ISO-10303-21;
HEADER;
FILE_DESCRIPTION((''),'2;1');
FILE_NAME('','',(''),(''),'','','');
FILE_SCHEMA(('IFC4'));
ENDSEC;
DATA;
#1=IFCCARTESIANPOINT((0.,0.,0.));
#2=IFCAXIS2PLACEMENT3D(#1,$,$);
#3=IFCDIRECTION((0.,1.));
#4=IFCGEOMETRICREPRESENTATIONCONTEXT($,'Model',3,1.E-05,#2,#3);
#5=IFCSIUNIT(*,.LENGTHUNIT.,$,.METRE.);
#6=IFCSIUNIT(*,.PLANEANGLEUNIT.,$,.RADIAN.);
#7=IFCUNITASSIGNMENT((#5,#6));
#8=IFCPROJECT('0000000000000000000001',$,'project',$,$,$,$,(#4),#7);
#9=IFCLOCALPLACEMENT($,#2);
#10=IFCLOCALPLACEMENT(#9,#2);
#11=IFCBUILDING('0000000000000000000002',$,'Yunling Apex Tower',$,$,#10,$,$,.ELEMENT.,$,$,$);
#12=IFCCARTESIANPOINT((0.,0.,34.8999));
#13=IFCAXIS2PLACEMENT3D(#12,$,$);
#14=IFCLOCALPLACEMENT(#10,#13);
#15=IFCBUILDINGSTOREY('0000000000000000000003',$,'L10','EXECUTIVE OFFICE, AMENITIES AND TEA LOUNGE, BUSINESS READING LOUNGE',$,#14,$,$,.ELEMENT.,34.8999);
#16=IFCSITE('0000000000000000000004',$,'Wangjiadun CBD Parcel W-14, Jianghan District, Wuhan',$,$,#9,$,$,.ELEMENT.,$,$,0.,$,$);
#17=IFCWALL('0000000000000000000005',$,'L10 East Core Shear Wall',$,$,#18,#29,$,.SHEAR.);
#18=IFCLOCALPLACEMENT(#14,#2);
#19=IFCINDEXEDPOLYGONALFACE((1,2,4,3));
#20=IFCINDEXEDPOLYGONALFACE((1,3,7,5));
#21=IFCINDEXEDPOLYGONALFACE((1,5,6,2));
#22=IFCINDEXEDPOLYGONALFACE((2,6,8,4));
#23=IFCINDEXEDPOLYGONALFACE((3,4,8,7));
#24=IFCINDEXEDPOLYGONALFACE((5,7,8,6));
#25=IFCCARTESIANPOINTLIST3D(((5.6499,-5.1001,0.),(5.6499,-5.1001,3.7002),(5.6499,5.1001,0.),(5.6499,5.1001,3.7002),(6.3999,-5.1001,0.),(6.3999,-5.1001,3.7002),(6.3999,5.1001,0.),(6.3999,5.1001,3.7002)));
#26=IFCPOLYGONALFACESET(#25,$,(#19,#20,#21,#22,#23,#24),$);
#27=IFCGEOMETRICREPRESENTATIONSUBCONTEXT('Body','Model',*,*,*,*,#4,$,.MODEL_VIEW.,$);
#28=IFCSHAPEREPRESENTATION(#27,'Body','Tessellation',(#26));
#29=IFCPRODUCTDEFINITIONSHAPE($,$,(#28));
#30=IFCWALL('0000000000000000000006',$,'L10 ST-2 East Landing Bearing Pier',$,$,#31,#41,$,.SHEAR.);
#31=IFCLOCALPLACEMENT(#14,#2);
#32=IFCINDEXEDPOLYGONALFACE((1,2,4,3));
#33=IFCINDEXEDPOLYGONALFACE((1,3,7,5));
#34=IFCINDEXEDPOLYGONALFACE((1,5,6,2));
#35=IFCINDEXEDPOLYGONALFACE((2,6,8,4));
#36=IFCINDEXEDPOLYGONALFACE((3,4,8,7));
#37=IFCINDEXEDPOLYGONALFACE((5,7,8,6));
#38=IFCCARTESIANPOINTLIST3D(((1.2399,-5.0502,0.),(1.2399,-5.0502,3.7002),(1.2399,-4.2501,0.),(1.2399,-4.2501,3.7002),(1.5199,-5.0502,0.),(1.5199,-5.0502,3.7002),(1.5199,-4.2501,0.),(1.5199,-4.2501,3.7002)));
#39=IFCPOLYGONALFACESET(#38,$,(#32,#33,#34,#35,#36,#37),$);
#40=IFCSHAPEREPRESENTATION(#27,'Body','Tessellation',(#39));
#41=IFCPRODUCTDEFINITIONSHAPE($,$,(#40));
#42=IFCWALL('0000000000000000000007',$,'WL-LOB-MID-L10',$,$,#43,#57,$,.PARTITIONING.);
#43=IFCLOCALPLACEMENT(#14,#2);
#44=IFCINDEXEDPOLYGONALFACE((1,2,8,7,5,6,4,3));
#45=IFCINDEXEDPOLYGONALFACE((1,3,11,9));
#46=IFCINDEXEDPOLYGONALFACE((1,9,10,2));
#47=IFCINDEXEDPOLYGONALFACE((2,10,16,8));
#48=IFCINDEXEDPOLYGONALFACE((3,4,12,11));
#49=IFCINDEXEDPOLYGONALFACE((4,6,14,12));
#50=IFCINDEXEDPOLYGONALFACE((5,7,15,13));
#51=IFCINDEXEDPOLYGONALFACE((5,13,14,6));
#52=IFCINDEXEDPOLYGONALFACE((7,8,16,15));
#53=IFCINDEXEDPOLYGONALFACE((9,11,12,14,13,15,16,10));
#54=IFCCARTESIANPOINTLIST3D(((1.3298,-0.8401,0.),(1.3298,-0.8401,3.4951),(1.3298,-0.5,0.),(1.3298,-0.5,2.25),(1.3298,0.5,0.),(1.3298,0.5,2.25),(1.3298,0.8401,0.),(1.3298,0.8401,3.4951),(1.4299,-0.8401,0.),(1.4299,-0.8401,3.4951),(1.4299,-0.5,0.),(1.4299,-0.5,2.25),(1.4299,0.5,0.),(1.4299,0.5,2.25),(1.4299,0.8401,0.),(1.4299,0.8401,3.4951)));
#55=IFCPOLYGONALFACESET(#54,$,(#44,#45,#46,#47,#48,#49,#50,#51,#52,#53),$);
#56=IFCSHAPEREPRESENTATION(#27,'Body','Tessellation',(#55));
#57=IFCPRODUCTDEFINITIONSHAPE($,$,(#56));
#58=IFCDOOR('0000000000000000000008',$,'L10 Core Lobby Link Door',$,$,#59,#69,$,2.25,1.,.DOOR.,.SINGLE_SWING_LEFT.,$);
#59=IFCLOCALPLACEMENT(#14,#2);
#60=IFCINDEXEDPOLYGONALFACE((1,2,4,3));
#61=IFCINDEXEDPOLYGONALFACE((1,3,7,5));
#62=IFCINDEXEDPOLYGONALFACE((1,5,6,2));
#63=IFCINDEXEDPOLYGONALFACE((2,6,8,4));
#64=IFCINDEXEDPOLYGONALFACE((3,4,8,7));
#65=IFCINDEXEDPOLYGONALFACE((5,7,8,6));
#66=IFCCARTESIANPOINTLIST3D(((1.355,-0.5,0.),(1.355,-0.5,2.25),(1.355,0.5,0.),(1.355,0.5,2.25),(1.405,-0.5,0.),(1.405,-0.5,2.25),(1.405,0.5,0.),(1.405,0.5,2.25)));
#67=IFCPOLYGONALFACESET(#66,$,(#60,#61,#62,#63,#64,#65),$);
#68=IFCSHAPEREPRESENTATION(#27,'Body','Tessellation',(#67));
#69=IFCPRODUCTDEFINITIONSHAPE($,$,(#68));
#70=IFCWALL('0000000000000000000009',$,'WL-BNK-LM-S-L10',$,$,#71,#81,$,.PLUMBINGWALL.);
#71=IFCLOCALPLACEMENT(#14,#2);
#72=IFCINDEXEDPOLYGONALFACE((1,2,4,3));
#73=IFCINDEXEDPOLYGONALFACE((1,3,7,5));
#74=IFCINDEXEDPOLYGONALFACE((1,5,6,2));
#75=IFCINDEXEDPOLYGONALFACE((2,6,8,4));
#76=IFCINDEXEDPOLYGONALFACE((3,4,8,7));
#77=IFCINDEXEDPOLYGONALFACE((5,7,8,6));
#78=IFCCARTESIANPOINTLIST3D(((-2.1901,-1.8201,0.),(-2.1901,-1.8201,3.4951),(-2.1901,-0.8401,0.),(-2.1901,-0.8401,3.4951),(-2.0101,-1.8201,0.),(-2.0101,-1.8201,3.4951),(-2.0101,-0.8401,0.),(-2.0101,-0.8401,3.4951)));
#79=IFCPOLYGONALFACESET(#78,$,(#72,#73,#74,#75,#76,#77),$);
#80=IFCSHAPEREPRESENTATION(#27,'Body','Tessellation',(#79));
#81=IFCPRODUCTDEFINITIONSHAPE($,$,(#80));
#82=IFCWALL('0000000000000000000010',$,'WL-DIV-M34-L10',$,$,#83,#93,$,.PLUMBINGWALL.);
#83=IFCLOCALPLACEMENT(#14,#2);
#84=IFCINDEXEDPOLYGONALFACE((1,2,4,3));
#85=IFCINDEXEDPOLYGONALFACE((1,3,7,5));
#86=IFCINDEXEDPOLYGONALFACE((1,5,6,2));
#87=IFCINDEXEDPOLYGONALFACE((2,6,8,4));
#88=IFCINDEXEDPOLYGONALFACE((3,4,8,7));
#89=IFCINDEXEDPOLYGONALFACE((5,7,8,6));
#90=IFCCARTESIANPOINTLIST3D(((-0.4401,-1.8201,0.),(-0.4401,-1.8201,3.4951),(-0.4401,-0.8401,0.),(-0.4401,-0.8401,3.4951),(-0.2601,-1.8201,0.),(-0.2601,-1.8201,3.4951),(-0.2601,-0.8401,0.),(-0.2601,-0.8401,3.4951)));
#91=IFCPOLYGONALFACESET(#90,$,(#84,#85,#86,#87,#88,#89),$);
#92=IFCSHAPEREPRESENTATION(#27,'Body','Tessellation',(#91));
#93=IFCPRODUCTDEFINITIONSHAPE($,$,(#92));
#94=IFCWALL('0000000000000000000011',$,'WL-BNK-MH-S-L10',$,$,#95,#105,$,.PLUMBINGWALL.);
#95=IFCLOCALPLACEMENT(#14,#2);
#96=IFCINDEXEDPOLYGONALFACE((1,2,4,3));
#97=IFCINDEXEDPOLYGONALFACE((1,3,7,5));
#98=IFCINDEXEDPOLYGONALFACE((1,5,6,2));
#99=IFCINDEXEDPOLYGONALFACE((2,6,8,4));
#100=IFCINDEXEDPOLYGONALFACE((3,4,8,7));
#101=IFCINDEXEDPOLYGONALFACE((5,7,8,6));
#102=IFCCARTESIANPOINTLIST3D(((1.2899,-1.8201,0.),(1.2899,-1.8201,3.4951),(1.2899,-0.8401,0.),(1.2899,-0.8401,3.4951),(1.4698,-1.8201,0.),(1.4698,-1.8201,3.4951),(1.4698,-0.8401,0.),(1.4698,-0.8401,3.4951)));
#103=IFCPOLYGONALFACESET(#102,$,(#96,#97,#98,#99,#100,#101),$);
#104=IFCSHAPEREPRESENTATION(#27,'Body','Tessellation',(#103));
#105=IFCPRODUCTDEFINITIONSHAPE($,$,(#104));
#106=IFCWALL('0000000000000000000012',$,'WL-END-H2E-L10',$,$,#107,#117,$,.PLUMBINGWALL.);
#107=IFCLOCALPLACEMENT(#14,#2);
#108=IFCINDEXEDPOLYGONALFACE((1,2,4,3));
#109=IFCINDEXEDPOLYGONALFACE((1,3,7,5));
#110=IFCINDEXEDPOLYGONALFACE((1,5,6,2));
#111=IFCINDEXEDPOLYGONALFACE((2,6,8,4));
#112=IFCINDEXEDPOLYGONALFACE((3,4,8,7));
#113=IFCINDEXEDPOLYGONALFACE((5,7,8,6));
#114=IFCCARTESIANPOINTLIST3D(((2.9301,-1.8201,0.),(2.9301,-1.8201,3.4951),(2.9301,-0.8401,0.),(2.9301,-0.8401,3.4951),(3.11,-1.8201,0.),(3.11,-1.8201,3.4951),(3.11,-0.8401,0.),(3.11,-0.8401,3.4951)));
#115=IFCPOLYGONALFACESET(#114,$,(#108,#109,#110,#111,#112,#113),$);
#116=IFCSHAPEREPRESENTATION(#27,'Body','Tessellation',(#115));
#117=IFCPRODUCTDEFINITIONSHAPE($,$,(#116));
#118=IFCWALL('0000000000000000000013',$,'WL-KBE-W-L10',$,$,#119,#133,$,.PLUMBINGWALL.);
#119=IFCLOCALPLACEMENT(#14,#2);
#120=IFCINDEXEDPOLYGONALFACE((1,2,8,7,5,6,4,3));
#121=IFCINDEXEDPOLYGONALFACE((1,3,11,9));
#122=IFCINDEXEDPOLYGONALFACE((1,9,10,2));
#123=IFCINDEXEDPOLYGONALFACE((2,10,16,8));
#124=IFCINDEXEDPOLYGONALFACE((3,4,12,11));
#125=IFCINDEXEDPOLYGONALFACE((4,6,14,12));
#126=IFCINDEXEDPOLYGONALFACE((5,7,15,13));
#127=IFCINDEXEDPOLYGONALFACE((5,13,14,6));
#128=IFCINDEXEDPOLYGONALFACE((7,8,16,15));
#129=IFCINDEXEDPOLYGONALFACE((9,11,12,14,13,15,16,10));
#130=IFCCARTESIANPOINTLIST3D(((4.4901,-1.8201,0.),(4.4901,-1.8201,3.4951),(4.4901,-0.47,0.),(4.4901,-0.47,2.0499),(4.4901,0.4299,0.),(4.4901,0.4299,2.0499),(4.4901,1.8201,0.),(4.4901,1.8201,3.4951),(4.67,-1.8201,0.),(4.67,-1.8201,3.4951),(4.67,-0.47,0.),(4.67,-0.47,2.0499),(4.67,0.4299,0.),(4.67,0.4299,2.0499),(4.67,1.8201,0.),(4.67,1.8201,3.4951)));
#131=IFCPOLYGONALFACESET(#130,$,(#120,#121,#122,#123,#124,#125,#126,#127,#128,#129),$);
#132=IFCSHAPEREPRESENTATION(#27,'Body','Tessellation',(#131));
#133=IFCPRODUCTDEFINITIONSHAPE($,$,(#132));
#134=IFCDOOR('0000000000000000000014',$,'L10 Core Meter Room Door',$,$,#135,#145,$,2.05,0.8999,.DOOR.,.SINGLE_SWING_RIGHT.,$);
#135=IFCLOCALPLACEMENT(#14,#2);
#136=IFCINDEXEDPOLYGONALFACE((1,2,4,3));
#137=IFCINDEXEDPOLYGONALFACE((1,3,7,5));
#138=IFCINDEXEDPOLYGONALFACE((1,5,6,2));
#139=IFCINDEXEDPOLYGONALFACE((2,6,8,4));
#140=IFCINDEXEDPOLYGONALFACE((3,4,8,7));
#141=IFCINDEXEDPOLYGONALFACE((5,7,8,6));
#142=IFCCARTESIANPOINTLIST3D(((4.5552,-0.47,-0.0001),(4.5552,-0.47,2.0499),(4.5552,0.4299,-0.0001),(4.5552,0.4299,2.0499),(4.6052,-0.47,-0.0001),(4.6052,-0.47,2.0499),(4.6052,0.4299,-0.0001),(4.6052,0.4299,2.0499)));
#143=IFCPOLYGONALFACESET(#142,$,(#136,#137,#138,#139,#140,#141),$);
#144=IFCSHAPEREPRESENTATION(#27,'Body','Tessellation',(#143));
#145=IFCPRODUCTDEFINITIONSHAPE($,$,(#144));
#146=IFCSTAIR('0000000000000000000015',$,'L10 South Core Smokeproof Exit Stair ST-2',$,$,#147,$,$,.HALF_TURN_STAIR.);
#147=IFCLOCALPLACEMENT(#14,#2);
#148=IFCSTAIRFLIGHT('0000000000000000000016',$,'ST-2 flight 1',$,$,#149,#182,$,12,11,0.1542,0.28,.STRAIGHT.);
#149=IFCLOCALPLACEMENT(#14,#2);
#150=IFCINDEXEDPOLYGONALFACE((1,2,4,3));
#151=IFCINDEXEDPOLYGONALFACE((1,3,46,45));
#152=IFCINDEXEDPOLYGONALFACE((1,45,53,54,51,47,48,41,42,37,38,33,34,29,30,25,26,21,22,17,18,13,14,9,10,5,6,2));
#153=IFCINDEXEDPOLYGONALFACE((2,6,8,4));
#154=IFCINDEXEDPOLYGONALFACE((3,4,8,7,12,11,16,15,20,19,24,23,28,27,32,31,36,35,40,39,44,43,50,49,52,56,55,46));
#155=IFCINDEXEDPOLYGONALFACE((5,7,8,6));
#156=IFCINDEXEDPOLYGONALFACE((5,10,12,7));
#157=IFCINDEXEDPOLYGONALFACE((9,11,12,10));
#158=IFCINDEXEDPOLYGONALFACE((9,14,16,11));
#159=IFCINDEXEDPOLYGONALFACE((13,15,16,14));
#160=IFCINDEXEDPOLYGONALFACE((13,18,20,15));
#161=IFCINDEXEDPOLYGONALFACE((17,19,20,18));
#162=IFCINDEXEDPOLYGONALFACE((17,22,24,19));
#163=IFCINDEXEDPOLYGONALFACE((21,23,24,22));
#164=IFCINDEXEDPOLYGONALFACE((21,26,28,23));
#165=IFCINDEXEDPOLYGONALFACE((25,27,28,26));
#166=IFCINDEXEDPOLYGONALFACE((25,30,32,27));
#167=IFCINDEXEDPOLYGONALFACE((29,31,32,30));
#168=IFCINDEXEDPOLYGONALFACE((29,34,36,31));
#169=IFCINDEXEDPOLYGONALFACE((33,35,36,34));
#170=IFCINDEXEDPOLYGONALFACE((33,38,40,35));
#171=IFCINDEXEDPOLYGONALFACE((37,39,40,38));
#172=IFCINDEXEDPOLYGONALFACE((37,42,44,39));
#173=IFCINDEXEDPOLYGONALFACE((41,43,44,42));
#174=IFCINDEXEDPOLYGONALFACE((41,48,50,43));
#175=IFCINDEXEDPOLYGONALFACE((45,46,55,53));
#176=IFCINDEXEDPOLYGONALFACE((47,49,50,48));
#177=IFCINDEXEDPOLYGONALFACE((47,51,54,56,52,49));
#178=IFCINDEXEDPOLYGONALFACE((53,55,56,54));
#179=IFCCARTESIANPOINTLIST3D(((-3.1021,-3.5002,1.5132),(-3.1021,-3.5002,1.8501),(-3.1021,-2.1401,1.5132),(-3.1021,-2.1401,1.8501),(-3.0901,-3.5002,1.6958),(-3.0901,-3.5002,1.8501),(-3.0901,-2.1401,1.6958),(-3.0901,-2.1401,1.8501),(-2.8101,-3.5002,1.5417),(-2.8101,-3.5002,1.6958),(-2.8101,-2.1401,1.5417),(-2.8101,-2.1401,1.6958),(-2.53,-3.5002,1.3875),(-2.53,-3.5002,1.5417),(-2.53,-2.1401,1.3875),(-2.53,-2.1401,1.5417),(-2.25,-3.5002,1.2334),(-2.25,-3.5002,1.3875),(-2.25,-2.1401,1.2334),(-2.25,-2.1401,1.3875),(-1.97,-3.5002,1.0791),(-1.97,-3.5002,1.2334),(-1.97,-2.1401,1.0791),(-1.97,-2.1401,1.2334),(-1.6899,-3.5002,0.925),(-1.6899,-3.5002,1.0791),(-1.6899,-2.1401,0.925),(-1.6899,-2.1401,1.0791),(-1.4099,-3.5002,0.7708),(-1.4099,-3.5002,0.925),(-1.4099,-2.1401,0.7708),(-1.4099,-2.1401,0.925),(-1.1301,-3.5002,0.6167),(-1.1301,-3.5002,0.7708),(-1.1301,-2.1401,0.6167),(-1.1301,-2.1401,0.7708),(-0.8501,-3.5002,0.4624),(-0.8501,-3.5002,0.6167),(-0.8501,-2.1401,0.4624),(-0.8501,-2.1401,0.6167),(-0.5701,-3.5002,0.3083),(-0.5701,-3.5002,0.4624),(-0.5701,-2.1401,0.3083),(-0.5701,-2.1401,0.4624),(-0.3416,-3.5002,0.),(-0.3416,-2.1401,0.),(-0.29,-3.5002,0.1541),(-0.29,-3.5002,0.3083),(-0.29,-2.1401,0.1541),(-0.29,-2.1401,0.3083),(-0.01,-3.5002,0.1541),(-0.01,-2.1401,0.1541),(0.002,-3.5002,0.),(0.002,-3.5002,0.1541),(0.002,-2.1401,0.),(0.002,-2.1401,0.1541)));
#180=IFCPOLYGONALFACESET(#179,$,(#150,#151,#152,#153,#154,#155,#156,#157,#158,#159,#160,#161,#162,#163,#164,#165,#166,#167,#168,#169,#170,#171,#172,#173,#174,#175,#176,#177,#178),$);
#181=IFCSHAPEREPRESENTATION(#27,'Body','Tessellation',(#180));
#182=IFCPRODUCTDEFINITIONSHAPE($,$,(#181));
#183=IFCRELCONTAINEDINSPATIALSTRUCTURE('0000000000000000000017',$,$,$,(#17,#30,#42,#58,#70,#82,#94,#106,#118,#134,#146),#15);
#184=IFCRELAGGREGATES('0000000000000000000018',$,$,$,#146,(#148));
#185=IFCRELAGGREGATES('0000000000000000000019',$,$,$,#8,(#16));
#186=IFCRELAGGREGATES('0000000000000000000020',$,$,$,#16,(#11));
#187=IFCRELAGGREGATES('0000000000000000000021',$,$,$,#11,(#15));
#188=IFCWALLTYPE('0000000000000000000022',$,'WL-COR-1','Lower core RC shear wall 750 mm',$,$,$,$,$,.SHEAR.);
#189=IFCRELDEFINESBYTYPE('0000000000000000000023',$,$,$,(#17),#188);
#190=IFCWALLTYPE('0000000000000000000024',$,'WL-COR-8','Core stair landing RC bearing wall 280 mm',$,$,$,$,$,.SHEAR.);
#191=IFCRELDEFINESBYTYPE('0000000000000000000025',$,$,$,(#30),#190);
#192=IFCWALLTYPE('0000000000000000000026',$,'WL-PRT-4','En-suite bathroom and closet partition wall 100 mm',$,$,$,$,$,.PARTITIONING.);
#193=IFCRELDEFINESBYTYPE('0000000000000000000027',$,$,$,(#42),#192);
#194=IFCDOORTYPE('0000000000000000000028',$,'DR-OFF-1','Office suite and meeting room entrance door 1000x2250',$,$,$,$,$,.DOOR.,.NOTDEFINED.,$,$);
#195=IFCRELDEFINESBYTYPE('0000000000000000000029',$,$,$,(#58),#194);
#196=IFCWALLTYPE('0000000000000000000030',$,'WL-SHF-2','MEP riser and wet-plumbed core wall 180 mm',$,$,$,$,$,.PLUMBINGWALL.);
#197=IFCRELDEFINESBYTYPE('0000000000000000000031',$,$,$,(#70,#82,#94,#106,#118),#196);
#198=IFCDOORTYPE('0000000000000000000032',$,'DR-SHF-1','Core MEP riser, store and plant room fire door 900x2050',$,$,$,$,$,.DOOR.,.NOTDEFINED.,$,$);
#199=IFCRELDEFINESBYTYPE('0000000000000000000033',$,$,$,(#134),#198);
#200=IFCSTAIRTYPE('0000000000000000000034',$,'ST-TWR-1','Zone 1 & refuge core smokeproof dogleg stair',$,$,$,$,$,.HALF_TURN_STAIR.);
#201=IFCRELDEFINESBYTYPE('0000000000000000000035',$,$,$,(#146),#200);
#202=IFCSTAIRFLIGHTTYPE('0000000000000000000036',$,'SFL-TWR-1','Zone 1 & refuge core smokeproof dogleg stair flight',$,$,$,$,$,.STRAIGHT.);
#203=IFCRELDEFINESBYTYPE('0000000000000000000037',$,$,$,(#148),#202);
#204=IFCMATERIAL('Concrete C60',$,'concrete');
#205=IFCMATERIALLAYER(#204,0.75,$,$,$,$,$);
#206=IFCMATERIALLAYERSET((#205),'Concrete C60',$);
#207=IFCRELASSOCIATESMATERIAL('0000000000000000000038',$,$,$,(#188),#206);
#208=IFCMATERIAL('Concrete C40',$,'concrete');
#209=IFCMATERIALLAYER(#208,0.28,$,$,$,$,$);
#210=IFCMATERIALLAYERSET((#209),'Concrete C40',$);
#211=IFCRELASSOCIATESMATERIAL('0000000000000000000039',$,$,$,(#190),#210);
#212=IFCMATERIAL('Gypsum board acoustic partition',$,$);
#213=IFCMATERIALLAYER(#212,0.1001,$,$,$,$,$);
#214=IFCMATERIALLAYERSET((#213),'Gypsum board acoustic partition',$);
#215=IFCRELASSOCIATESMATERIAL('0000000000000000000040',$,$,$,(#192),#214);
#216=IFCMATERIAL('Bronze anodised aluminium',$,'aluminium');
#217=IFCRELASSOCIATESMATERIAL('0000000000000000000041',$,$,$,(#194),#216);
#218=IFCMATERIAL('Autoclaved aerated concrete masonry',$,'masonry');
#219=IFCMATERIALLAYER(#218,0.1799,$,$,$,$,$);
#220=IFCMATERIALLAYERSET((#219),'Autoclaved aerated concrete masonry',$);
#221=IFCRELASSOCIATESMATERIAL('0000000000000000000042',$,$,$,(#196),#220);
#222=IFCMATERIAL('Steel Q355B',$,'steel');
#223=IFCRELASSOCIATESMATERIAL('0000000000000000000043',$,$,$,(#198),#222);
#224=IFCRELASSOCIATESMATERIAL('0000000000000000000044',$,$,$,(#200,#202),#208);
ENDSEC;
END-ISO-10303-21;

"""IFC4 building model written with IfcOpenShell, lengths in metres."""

from ifc_helpers import new_model, si_unit, direction, frame, frame_2d, origin, place, context, subcontext, project, spatial, polyline, rectangle, outline, extrude, material, layer, layer_set, type_object, element, fill, aggregate, save


model = new_model("IFC4")

# Units and contexts
model_context = context("Model", 3, precision=1e-05, world=origin(), true_north=direction((0.0, 1.0)))
body_context = subcontext(model_context, "Body", "Model", "MODEL_VIEW")
ifc_project = project(units=[si_unit("LENGTHUNIT", "METRE"), si_unit("PLANEANGLEUNIT", "RADIAN")], contexts=[model_context])

# Site, building, storey
site_placement = place(None, origin())
site = spatial("IfcSite", under=ifc_project, at=site_placement, Name="Wangjiadun CBD Parcel W-14, Jianghan District, Wuhan", CompositionType="ELEMENT", RefElevation=0.0)
building_placement = place(site_placement, origin())
building = spatial("IfcBuilding", under=site, at=building_placement, Name="Yunling Apex Tower", CompositionType="ELEMENT")
storey_placement = place(building_placement, frame((0.0, 0.0, 34.8999)))
storey = spatial("IfcBuildingStorey", under=building, at=storey_placement, Name="L10", Description="EXECUTIVE OFFICE, AMENITIES AND TEA LOUNGE, BUSINESS READING LOUNGE", CompositionType="ELEMENT", Elevation=34.8999)

# Walls
ifc_material_1 = material(Name="Concrete C60", Category="concrete")
ifc_layer_1 = layer(ifc_material_1, 0.75)
ifc_layer_set_1 = layer_set([ifc_layer_1], Name="Concrete C60")
wall_type_1 = type_object("IfcWallType", Name="WL-COR-1", Description="Lower core RC shear wall 750 mm", PredefinedType="SHEAR", material=ifc_layer_set_1)
wall_1_placement = place(storey_placement, frame((6.0249, -5.1001, 0.0), z_axis=(0.0, 0.0, 1.0), x_axis=(0.0, 1.0, 0.0)))
element("IfcWall", 1, at=wall_1_placement, inside=storey, type_object=wall_type_1, Name="L10 East Core Shear Wall", PredefinedType="SHEAR", context=body_context, shape_type="SweptSolid", body=[
    extrude(rectangle(XDim=10.2002, YDim=0.75, at=frame_2d((5.1001, 0.0))), origin(), (0.0, 0.0, 1.0), 3.7002),
])
ifc_material_2 = material(Name="Concrete C40", Category="concrete")
ifc_layer_2 = layer(ifc_material_2, 0.28)
ifc_layer_set_2 = layer_set([ifc_layer_2], Name="Concrete C40")
wall_type_2 = type_object("IfcWallType", Name="WL-COR-8", Description="Core stair landing RC bearing wall 280 mm", PredefinedType="SHEAR", material=ifc_layer_set_2)
wall_2_placement = place(storey_placement, frame((1.3799, -5.05, 0.0), z_axis=(0.0, 0.0, 1.0), x_axis=(0.0, 1.0, 0.0)))
element("IfcWall", 2, at=wall_2_placement, inside=storey, type_object=wall_type_2, Name="L10 ST-2 East Landing Bearing Pier", PredefinedType="SHEAR", context=body_context, shape_type="SweptSolid", body=[
    extrude(rectangle(XDim=0.8, YDim=0.28, at=frame_2d((0.3999, 0.0))), origin(), (0.0, 0.0, 1.0), 3.7002),
])

# Wall, opening, door
ifc_material_3 = material(Name="Gypsum board acoustic partition")
ifc_layer_3 = layer(ifc_material_3, 0.1001)
ifc_layer_set_3 = layer_set([ifc_layer_3], Name="Gypsum board acoustic partition")
wall_type_3 = type_object("IfcWallType", Name="WL-PRT-4", Description="En-suite bathroom and closet partition wall 100 mm", PredefinedType="PARTITIONING", material=ifc_layer_set_3)
wall_3_placement = place(storey_placement, frame((1.3799, -0.8401, 0.0), z_axis=(0.0, 0.0, 1.0), x_axis=(0.0, 1.0, 0.0)))
wall_3 = element("IfcWall", 3, at=wall_3_placement, inside=storey, type_object=wall_type_3, Name="WL-LOB-MID-L10", PredefinedType="PARTITIONING", context=body_context, shape_type="SweptSolid", body=[
    extrude(rectangle(XDim=1.6802, YDim=0.1001, at=frame_2d((0.8401, 0.0))), origin(), (0.0, 0.0, 1.0), 3.4951),
])
opening_1_placement = place(wall_3_placement, frame((0.3401, 0.0, 0.0)))
opening_1 = element("IfcOpeningElement", 4, at=opening_1_placement, cuts=wall_3, PredefinedType="OPENING", context=body_context, shape_type="SweptSolid", body=[
    extrude(rectangle(XDim=1.0, YDim=2.25, at=frame_2d((0.5, 1.125))), frame((0.0, 0.0601, 0.0), z_axis=(0.0, -1.0, 0.0), x_axis=(1.0, 0.0, 0.0)), (0.0, 0.0, 1.0), 0.1201),
])
ifc_material_4 = material(Name="Bronze anodised aluminium", Category="aluminium")
door_type_1 = type_object("IfcDoorType", Name="DR-OFF-1", Description="Office suite and meeting room entrance door 1000x2250", OperationType="NOTDEFINED", PredefinedType="DOOR", material=ifc_material_4)
door_1_placement = place(opening_1_placement, origin())
door_1 = element("IfcDoor", 5, at=door_1_placement, inside=storey, type_object=door_type_1, Name="L10 Core Lobby Link Door", OperationType="SINGLE_SWING_LEFT", OverallHeight=2.25, OverallWidth=1.0, PredefinedType="DOOR", context=body_context, shape_type="SweptSolid", body=[
    extrude(rectangle(XDim=1.0, YDim=2.25, at=frame_2d((0.5, 1.125))), frame((0.0, 0.0249, 0.0), z_axis=(0.0, -1.0, 0.0), x_axis=(1.0, 0.0, 0.0)), (0.0, 0.0, 1.0), 0.05),
])
fill(opening_1, door_1)
ifc_material_5 = material(Name="Autoclaved aerated concrete masonry", Category="masonry")
ifc_material_6 = material(Name="Steel Q355B", Category="steel")

# Walls
ifc_layer_4 = layer(ifc_material_5, 0.1799)
ifc_layer_set_4 = layer_set([ifc_layer_4], Name="Autoclaved aerated concrete masonry")
wall_type_4 = type_object("IfcWallType", Name="WL-SHF-2", Description="MEP riser and wet-plumbed core wall 180 mm", PredefinedType="PLUMBINGWALL", material=ifc_layer_set_4)
for number, where, z_axis, x_axis, name in (
    (6, (-2.1001, -1.8201, 0.0), (0.0, 0.0, 1.0), (0.0, 1.0, 0.0), "WL-BNK-LM-S-L10"),
    (7, (-0.3501, -1.8201, 0.0), (0.0, 0.0, 1.0), (0.0, 1.0, 0.0), "WL-DIV-M34-L10"),
    (8, (1.3799, -1.8201, 0.0), (0.0, 0.0, 1.0), (0.0, 1.0, 0.0), "WL-BNK-MH-S-L10"),
    (9, (3.02, -1.8201, 0.0), (0.0, 0.0, 1.0), (0.0, 1.0, 0.0), "WL-END-H2E-L10"),
):
    element("IfcWall", number, at=place(storey_placement, frame(where, z_axis=z_axis, x_axis=x_axis)), inside=storey, type_object=wall_type_4, Name=name, PredefinedType="PLUMBINGWALL", context=body_context, shape_type="SweptSolid", body=[
        extrude(rectangle(XDim=0.98, YDim=0.1799, at=frame_2d((0.49, 0.0))), origin(), (0.0, 0.0, 1.0), 3.4951),
    ])

# Wall, opening, door
wall_4_placement = place(storey_placement, frame((4.5801, -1.8201, 0.0), z_axis=(0.0, 0.0, 1.0), x_axis=(0.0, 1.0, 0.0)))
wall_4 = element("IfcWall", 10, at=wall_4_placement, inside=storey, type_object=wall_type_4, Name="WL-KBE-W-L10", PredefinedType="PLUMBINGWALL", context=body_context, shape_type="SweptSolid", body=[
    extrude(rectangle(XDim=3.6401, YDim=0.1799, at=frame_2d((1.8201, 0.0))), origin(), (0.0, 0.0, 1.0), 3.4951),
])
opening_2_placement = place(wall_4_placement, frame((1.3501, 0.0, 0.0)))
opening_2 = element("IfcOpeningElement", 11, at=opening_2_placement, cuts=wall_4, PredefinedType="OPENING", context=body_context, shape_type="SweptSolid", body=[
    extrude(rectangle(XDim=0.8999, YDim=2.05, at=frame_2d((0.45, 1.0249))), frame((0.0, 0.1001, 0.0), z_axis=(0.0, -1.0, 0.0), x_axis=(1.0, 0.0, 0.0)), (0.0, 0.0, 1.0), 0.2),
])
door_type_2 = type_object("IfcDoorType", Name="DR-SHF-1", Description="Core MEP riser, store and plant room fire door 900x2050", OperationType="NOTDEFINED", PredefinedType="DOOR", material=ifc_material_6)
door_2_placement = place(opening_2_placement, origin())
door_2 = element("IfcDoor", 12, at=door_2_placement, inside=storey, type_object=door_type_2, Name="L10 Core Meter Room Door", OperationType="SINGLE_SWING_RIGHT", OverallHeight=2.05, OverallWidth=0.8999, PredefinedType="DOOR", context=body_context, shape_type="SweptSolid", body=[
    extrude(rectangle(XDim=0.8999, YDim=2.05, at=frame_2d((0.45, 1.0249))), frame((0.0, 0.0249, 0.0), z_axis=(0.0, -1.0, 0.0), x_axis=(1.0, 0.0, 0.0)), (0.0, 0.0, 1.0), 0.05),
])
fill(opening_2, door_2)

# Stair, stair flight
stair_type = type_object("IfcStairType", Name="ST-TWR-1", Description="Zone 1 & refuge core smokeproof dogleg stair", PredefinedType="HALF_TURN_STAIR", material=ifc_material_2)
stair_placement = place(storey_placement, origin())
stair = element("IfcStair", 13, at=stair_placement, inside=storey, type_object=stair_type, Name="L10 South Core Smokeproof Exit Stair ST-2", PredefinedType="HALF_TURN_STAIR")
stair_flight_type = type_object("IfcStairFlightType", Name="SFL-TWR-1", Description="Zone 1 & refuge core smokeproof dogleg stair flight", PredefinedType="STRAIGHT", material=ifc_material_2)
stair_flight_1_placement = place(storey_placement, frame((-0.01, -2.8201, 0.0), z_axis=(0.0, 0.0, 1.0), x_axis=(-1.0, 0.0, 0.0)))
stair_flight_1 = element("IfcStairFlight", 14, at=stair_flight_1_placement, type_object=stair_flight_type, Name="ST-2 flight 1", NumberOfRisers=12, NumberOfTreads=11, PredefinedType="STRAIGHT", RiserHeight=0.1542, TreadLength=0.28, context=body_context, shape_type="SweptSolid", body=[
    extrude(outline(polyline([(-0.012, 0.0), (-0.012, 0.1541), (0.0, 0.1541), (0.28, 0.1541), (0.28, 0.3083), (0.5601, 0.3083), (0.5601, 0.4624), (0.8401, 0.4624), (0.8401, 0.6167), (1.1201, 0.6167), (1.1201, 0.7708), (1.3999, 0.7708), (1.3999, 0.925), (1.6799, 0.925), (1.6799, 1.0791), (1.96, 1.0791), (1.96, 1.2334), (2.24, 1.2334), (2.24, 1.3875), (2.52, 1.3875), (2.52, 1.5417), (2.8, 1.5417), (2.8, 1.6958), (3.0801, 1.6958), (3.0801, 1.8501), (3.092, 1.8501), (3.092, 1.5132), (0.3315, 0.0), (-0.012, 0.0)])), frame((0.0, 0.6802, 0.0), z_axis=(0.0, -1.0, 0.0), x_axis=(1.0, 0.0, 0.0)), (0.0, 0.0, 1.0), 1.3601),
])
aggregate(stair, [stair_flight_1])

save(model, "model.ifc")
